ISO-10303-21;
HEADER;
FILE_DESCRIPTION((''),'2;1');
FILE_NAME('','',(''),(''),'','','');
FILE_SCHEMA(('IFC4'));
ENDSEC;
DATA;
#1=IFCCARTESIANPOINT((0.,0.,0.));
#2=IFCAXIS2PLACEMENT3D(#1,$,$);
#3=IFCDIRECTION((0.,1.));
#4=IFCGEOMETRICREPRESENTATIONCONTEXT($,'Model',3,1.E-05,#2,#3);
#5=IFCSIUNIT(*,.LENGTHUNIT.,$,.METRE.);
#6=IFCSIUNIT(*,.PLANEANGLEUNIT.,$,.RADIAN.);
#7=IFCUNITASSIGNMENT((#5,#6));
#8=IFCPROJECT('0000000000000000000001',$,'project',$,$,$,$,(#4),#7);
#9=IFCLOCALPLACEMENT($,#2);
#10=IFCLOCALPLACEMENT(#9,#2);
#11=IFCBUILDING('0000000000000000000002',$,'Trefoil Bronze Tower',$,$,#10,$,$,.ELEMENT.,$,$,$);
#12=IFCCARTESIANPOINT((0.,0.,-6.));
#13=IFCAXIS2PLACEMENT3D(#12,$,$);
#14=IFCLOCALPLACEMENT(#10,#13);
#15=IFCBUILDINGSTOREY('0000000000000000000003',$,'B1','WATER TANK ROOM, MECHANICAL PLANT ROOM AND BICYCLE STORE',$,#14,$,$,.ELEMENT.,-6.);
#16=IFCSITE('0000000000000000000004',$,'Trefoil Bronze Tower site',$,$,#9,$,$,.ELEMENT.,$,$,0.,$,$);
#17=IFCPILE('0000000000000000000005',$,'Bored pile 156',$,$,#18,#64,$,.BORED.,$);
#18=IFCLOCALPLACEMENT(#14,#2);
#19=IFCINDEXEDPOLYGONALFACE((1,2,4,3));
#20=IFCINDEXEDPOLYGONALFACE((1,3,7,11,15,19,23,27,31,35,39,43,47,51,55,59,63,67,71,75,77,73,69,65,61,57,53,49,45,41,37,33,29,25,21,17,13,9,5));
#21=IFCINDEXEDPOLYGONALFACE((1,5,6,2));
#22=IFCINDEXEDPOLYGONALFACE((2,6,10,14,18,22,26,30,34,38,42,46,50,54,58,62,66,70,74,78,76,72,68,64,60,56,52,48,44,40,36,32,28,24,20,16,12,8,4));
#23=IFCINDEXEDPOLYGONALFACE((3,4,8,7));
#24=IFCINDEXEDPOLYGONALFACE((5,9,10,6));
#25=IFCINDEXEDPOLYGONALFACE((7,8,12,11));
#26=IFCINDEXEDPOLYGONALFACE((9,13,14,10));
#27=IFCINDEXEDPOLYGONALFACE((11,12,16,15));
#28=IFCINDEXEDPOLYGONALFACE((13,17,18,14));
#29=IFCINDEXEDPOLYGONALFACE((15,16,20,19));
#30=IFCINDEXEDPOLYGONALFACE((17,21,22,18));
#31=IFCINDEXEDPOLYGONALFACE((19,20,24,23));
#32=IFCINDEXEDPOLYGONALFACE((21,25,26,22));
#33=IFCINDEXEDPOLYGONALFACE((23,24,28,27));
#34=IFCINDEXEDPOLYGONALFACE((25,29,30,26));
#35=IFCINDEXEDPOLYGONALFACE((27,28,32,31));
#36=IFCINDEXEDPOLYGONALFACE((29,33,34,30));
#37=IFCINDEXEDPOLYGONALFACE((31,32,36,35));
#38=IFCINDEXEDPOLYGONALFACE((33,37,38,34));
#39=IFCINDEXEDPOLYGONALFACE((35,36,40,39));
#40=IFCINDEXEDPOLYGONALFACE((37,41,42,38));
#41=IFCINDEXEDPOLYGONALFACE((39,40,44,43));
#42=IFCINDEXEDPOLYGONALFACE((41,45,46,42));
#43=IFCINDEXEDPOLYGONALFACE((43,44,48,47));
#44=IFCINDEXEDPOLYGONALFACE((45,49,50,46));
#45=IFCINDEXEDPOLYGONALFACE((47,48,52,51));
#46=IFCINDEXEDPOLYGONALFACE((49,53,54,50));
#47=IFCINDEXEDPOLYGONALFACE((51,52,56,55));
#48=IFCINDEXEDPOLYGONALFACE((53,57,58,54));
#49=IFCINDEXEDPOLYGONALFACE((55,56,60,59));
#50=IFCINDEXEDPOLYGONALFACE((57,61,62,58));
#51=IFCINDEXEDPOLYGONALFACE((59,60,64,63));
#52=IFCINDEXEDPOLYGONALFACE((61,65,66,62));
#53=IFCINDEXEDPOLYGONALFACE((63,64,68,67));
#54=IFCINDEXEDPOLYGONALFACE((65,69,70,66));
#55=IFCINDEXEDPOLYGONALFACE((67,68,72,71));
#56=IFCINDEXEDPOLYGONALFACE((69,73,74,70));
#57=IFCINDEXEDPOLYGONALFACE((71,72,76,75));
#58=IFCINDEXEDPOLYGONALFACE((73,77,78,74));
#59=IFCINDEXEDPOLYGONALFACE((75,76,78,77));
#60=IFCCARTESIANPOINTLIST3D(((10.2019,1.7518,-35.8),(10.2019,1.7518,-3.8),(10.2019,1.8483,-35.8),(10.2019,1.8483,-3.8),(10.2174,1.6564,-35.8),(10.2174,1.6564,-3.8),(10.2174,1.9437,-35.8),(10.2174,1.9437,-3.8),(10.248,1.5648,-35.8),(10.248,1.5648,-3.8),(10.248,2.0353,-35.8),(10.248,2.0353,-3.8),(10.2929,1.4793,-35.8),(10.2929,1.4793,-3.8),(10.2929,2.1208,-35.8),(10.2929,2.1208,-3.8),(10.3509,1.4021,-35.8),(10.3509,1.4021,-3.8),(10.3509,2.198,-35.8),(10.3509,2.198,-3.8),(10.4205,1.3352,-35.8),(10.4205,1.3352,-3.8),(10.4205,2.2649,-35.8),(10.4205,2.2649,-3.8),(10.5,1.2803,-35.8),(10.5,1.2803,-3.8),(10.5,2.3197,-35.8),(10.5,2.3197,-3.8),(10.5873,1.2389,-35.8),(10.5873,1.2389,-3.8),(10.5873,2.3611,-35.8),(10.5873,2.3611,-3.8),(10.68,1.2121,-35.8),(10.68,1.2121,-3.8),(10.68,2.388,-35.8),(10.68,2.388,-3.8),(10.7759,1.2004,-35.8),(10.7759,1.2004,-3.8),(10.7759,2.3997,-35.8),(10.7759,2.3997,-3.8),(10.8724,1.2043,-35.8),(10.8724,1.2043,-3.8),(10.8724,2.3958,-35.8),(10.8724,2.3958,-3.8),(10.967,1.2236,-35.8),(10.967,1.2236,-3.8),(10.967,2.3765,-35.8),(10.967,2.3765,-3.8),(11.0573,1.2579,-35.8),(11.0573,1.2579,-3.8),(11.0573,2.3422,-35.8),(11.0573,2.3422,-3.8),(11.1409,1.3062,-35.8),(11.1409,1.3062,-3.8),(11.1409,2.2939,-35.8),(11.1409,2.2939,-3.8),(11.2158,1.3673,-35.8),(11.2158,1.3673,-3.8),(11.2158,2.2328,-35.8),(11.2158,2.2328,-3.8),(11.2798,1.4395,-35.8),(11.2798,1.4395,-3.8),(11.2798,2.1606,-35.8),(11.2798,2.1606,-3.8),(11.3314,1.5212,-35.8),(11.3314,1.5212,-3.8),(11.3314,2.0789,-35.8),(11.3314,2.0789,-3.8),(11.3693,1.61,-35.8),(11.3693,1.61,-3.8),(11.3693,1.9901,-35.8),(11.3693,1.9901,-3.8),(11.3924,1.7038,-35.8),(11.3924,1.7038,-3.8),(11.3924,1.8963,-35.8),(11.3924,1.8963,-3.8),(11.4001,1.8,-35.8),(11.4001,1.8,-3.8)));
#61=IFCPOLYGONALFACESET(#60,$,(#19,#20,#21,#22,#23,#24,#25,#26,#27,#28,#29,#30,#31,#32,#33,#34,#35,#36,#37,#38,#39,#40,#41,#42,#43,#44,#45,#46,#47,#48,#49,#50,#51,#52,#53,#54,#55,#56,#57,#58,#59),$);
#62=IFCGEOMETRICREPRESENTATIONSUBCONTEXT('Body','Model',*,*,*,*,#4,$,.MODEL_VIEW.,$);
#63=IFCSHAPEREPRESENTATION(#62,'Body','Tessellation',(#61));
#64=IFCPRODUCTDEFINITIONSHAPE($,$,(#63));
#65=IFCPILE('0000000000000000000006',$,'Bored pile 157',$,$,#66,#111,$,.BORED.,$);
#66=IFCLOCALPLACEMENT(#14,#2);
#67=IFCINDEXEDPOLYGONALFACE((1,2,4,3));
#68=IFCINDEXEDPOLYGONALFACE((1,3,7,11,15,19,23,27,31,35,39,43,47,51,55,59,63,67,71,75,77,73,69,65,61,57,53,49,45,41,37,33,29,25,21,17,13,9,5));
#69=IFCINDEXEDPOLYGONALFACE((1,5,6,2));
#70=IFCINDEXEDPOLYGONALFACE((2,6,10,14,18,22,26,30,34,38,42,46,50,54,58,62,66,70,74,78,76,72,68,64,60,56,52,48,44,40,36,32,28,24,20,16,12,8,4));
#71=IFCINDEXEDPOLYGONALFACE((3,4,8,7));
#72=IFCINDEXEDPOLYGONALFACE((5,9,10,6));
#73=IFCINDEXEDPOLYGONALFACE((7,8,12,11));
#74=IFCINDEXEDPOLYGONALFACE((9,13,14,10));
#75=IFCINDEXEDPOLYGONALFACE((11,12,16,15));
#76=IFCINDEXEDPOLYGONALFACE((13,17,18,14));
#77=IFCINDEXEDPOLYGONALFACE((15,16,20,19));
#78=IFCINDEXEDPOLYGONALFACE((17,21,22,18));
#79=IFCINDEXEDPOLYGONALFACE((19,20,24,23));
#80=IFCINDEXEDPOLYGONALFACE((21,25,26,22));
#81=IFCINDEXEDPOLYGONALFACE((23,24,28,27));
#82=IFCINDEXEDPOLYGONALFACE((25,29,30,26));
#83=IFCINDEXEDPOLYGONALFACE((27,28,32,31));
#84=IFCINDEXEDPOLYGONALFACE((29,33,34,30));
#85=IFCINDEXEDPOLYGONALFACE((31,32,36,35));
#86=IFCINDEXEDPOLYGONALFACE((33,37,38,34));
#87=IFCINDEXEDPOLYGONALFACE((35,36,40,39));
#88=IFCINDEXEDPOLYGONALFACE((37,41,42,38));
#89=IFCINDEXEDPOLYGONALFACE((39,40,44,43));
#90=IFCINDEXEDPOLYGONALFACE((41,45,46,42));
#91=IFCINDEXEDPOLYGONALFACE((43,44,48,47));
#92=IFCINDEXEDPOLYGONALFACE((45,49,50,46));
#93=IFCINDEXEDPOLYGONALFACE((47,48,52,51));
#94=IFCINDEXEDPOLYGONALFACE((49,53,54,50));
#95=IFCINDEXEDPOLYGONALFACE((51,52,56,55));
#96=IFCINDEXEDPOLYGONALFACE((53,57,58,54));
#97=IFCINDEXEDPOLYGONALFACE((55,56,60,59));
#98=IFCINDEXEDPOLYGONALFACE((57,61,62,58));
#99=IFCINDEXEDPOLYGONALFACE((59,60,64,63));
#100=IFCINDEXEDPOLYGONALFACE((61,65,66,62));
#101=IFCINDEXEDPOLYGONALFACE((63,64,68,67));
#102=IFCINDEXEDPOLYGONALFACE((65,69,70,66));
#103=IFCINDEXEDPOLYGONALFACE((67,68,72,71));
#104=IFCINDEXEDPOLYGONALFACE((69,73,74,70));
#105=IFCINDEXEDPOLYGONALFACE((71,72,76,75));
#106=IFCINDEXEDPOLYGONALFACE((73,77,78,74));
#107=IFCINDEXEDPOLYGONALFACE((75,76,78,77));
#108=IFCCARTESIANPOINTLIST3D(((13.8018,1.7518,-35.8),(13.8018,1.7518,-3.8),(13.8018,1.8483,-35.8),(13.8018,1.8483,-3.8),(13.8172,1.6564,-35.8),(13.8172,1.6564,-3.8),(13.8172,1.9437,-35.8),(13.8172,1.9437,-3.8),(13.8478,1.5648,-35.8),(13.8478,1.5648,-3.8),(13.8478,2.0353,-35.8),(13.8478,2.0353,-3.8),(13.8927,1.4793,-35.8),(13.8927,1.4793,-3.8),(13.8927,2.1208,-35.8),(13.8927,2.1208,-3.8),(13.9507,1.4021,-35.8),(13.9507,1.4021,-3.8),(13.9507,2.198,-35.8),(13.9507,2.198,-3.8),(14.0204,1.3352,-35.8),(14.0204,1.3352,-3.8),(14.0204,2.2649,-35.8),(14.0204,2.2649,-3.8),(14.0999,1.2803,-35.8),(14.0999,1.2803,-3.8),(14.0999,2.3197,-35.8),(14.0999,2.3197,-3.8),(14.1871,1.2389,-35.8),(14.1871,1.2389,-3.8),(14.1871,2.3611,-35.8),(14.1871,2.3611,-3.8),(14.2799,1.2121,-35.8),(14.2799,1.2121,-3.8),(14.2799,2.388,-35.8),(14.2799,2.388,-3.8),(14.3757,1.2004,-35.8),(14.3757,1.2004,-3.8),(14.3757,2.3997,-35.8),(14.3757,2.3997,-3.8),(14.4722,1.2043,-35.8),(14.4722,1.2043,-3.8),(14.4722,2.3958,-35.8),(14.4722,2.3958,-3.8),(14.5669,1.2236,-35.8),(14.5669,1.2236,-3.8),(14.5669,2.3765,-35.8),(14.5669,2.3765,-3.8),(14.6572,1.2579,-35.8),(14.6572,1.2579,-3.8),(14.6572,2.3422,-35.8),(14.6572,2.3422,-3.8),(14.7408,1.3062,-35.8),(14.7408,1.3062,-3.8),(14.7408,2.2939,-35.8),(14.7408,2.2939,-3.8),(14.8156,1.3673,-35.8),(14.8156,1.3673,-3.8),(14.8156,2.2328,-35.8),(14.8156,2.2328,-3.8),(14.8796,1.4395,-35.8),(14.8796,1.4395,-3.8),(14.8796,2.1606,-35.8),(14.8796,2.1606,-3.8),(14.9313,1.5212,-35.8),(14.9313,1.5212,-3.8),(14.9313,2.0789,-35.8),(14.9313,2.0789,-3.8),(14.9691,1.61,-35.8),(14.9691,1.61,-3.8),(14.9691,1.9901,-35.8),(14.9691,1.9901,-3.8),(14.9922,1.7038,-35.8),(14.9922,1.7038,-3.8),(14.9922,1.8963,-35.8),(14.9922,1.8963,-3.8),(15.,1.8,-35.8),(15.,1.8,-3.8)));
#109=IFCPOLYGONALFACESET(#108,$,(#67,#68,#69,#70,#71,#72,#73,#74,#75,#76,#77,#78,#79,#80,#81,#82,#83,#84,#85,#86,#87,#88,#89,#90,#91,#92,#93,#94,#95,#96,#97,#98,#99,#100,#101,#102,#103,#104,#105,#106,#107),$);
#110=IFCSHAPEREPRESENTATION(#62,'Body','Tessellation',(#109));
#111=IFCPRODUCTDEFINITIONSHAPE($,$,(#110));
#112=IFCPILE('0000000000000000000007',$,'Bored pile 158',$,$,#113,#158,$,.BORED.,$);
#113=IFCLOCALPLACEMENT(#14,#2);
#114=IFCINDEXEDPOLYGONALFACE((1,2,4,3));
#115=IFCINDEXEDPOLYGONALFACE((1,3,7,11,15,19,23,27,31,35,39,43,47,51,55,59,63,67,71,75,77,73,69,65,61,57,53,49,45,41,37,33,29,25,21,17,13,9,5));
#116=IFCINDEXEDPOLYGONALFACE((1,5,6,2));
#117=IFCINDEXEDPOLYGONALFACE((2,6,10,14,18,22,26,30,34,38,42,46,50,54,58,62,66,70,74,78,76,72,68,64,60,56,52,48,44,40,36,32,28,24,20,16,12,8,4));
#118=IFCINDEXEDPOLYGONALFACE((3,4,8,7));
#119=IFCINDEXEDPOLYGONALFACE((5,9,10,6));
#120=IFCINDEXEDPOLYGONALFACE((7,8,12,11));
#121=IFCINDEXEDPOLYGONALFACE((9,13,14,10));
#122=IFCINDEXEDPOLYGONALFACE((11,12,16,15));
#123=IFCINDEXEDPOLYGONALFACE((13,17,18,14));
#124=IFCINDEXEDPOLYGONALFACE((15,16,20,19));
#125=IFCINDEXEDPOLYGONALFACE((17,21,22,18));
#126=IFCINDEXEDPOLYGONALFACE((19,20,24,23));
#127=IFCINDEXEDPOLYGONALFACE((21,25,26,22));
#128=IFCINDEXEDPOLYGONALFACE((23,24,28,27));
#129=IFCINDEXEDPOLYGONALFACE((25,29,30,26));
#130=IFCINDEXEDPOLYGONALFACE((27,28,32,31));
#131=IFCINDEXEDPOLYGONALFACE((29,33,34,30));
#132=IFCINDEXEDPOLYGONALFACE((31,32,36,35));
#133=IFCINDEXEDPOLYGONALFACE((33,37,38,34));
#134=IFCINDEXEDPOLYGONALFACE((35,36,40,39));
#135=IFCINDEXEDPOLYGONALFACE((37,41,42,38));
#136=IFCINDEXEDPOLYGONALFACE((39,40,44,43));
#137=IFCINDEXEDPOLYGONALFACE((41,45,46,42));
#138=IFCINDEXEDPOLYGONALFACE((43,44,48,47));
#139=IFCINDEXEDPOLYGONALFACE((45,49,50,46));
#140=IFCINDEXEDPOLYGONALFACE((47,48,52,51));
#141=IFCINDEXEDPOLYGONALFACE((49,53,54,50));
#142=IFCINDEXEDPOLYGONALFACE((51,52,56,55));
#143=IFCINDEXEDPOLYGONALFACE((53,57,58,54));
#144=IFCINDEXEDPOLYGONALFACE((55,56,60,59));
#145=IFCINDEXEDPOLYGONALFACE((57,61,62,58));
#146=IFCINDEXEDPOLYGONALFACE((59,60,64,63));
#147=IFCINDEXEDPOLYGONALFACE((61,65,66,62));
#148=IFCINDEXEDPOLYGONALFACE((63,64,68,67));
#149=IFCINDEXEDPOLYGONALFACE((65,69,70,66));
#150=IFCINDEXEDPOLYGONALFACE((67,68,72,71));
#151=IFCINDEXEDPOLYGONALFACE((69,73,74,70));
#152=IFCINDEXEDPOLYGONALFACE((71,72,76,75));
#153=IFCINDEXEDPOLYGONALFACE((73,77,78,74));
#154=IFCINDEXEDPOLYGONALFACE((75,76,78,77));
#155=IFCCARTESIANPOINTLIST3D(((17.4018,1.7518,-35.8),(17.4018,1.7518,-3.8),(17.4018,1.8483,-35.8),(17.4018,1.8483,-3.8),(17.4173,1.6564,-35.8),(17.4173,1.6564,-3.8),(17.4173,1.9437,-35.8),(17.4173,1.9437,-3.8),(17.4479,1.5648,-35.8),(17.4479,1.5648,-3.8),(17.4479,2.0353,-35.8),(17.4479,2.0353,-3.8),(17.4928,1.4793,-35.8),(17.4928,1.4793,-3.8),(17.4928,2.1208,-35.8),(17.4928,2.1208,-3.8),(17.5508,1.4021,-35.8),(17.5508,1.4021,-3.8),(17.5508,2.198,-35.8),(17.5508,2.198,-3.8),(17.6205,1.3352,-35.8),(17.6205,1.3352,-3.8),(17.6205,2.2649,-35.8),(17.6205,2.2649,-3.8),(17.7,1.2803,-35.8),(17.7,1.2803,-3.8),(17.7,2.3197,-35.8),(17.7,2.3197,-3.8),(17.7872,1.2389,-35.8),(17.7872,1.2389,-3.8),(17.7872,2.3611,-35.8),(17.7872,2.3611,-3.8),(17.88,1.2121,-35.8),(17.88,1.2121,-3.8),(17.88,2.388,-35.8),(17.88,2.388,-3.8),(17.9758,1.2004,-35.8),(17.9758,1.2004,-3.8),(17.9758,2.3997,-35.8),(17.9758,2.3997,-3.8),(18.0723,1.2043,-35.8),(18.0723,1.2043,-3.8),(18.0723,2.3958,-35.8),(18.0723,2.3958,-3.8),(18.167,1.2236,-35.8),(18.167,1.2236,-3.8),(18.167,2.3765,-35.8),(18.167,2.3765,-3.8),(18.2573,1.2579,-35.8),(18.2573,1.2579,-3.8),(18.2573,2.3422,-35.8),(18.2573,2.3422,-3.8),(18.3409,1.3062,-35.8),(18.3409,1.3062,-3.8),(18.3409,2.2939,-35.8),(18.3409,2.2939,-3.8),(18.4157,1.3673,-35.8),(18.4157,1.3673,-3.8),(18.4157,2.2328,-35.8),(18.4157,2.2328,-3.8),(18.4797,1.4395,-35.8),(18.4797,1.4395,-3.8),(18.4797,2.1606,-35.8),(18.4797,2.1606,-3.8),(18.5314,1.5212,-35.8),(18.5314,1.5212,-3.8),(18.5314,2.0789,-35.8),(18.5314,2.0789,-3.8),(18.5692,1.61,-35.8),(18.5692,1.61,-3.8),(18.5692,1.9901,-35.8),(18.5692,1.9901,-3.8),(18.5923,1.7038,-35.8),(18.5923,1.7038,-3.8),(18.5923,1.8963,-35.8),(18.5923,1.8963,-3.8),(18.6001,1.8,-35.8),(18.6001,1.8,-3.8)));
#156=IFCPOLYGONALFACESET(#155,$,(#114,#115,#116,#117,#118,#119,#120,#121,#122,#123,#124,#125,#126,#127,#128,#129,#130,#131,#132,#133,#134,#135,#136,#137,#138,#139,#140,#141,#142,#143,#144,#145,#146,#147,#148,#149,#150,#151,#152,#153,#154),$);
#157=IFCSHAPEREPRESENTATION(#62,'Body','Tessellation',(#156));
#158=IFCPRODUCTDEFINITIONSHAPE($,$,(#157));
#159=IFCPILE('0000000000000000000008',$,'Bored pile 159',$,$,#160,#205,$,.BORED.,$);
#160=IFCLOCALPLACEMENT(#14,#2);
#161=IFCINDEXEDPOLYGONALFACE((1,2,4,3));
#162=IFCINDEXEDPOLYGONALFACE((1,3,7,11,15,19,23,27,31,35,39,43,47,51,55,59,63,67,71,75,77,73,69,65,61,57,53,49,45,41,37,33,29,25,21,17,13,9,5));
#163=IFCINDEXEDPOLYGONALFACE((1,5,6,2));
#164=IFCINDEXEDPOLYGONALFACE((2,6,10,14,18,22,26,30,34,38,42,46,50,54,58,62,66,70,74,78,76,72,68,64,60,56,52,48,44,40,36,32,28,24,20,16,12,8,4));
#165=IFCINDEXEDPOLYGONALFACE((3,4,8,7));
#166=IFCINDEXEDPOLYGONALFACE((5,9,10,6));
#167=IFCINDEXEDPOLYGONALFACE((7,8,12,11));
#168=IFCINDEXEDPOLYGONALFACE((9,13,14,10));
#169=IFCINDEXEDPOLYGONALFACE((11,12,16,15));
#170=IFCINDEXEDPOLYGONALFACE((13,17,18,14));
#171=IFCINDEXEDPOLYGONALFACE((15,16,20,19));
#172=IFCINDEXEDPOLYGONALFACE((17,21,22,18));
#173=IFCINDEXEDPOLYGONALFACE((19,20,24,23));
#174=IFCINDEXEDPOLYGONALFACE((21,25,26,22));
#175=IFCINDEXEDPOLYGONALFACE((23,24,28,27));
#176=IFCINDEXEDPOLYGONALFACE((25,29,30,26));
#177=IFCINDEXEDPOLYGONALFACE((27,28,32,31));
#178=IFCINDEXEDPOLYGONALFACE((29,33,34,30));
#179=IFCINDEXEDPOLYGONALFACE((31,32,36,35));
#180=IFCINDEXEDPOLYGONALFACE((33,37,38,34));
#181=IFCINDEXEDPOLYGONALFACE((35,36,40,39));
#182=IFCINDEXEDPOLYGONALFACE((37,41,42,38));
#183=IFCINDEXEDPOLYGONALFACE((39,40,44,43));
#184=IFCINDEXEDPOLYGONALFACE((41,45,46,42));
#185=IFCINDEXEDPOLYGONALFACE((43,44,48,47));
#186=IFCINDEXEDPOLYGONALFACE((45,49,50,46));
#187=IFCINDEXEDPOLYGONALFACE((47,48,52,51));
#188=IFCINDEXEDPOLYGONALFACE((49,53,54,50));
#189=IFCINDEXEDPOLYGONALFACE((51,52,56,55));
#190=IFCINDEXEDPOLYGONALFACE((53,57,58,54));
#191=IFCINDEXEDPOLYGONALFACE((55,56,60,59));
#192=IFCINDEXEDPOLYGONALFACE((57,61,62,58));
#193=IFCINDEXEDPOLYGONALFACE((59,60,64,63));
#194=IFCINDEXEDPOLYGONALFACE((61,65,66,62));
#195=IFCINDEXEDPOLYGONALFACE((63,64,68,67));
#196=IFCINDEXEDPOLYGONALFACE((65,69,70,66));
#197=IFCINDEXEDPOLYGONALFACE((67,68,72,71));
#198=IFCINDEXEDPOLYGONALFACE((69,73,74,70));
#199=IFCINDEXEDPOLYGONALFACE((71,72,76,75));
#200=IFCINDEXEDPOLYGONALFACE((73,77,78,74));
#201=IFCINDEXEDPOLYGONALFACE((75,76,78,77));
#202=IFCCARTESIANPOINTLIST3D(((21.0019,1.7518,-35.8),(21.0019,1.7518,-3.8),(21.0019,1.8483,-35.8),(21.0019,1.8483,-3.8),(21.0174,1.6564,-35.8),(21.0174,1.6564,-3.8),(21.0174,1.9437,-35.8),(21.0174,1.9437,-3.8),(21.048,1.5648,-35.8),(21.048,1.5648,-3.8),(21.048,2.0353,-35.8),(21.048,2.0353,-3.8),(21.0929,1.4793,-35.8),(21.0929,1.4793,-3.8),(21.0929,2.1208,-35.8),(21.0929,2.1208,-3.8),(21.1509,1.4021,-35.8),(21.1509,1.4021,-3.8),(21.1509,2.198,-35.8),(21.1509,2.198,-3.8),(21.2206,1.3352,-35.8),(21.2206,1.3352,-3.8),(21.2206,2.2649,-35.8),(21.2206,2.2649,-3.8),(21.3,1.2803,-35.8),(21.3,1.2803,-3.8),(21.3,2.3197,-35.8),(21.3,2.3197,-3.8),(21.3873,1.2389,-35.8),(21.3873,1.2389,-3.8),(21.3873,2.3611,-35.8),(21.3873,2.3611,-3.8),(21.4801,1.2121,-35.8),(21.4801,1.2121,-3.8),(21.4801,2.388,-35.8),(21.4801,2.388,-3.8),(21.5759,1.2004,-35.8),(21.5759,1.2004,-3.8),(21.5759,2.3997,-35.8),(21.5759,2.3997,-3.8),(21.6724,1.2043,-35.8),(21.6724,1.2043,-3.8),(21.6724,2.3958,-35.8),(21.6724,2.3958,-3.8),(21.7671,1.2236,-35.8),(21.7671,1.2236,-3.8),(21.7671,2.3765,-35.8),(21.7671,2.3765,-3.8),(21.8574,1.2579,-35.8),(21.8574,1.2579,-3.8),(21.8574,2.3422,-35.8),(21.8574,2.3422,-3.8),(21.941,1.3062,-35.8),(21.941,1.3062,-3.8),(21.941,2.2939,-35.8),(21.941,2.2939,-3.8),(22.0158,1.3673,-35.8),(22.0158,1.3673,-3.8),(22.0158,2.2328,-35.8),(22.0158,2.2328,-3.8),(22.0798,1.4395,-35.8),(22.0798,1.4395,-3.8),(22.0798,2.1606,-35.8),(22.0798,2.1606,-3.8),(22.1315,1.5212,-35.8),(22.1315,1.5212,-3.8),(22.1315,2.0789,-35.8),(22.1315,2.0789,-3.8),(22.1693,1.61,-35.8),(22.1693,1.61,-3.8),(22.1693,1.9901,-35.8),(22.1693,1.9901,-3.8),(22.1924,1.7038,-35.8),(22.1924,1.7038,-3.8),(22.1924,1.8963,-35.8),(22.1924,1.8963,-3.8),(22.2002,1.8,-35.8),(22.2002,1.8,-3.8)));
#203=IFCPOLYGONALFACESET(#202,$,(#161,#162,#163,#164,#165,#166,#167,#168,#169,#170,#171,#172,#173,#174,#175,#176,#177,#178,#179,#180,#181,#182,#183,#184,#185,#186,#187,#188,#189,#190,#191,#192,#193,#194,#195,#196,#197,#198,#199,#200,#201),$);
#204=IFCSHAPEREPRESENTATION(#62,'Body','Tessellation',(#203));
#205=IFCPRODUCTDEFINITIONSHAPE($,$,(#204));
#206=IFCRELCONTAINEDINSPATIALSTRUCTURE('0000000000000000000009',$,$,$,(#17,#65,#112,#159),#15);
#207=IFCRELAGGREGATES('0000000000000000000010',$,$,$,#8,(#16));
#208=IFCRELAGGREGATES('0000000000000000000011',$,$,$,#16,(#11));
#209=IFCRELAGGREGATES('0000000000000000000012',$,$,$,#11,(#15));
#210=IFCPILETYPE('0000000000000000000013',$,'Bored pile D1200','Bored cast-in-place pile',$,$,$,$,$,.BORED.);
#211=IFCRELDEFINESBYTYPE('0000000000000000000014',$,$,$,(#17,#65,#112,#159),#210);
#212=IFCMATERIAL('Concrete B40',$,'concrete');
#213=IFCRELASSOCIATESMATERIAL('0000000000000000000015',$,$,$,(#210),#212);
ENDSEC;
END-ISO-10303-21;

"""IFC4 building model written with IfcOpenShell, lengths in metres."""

from ifc_helpers import new_model, si_unit, direction, frame, origin, origin_2d, place, context, subcontext, project, spatial, circle, extrude, material, type_object, element, save


model = new_model("IFC4")

# Units and contexts
model_context = context("Model", 3, precision=1e-05, world=origin(), true_north=direction((0.0, 1.0)))
body_context = subcontext(model_context, "Body", "Model", "MODEL_VIEW")
ifc_project = project(units=[si_unit("LENGTHUNIT", "METRE"), si_unit("PLANEANGLEUNIT", "RADIAN")], contexts=[model_context])

# Site, building, storey
site_placement = place(None, origin())
site = spatial("IfcSite", under=ifc_project, at=site_placement, Name="Trefoil Bronze Tower site", CompositionType="ELEMENT", RefElevation=0.0)
building_placement = place(site_placement, origin())
building = spatial("IfcBuilding", under=site, at=building_placement, Name="Trefoil Bronze Tower", CompositionType="ELEMENT")
storey_placement = place(building_placement, frame((0.0, 0.0, -6.0)))
storey = spatial("IfcBuildingStorey", under=building, at=storey_placement, Name="B1", Description="WATER TANK ROOM, MECHANICAL PLANT ROOM AND BICYCLE STORE", CompositionType="ELEMENT", Elevation=-6.0)

# Piles
ifc_material_1 = material(Name="Concrete B40", Category="concrete")
pile_type = type_object("IfcPileType", Name="Bored pile D1200", Description="Bored cast-in-place pile", PredefinedType="BORED", material=ifc_material_1)
for number, where, z_axis, x_axis, name in (
    (1, (10.8, 1.8, -3.8), (0.0, 0.0, -1.0), (1.0, 0.0, 0.0), "Bored pile 156"),
    (2, (14.3999, 1.8, -3.8), (0.0, 0.0, -1.0), (1.0, 0.0, 0.0), "Bored pile 157"),
    (3, (18.0, 1.8, -3.8), (0.0, 0.0, -1.0), (1.0, 0.0, 0.0), "Bored pile 158"),
    (4, (21.6001, 1.8, -3.8), (0.0, 0.0, -1.0), (1.0, 0.0, 0.0), "Bored pile 159"),
):
    element("IfcPile", number, at=place(storey_placement, frame(where, z_axis=z_axis, x_axis=x_axis)), inside=storey, type_object=pile_type, Name=name, PredefinedType="BORED", context=body_context, shape_type="SweptSolid", body=[
        extrude(circle(Radius=0.6001, at=origin_2d()), origin(), (0.0, 0.0, 1.0), 32.0),
    ])

save(model, "model.ifc")
